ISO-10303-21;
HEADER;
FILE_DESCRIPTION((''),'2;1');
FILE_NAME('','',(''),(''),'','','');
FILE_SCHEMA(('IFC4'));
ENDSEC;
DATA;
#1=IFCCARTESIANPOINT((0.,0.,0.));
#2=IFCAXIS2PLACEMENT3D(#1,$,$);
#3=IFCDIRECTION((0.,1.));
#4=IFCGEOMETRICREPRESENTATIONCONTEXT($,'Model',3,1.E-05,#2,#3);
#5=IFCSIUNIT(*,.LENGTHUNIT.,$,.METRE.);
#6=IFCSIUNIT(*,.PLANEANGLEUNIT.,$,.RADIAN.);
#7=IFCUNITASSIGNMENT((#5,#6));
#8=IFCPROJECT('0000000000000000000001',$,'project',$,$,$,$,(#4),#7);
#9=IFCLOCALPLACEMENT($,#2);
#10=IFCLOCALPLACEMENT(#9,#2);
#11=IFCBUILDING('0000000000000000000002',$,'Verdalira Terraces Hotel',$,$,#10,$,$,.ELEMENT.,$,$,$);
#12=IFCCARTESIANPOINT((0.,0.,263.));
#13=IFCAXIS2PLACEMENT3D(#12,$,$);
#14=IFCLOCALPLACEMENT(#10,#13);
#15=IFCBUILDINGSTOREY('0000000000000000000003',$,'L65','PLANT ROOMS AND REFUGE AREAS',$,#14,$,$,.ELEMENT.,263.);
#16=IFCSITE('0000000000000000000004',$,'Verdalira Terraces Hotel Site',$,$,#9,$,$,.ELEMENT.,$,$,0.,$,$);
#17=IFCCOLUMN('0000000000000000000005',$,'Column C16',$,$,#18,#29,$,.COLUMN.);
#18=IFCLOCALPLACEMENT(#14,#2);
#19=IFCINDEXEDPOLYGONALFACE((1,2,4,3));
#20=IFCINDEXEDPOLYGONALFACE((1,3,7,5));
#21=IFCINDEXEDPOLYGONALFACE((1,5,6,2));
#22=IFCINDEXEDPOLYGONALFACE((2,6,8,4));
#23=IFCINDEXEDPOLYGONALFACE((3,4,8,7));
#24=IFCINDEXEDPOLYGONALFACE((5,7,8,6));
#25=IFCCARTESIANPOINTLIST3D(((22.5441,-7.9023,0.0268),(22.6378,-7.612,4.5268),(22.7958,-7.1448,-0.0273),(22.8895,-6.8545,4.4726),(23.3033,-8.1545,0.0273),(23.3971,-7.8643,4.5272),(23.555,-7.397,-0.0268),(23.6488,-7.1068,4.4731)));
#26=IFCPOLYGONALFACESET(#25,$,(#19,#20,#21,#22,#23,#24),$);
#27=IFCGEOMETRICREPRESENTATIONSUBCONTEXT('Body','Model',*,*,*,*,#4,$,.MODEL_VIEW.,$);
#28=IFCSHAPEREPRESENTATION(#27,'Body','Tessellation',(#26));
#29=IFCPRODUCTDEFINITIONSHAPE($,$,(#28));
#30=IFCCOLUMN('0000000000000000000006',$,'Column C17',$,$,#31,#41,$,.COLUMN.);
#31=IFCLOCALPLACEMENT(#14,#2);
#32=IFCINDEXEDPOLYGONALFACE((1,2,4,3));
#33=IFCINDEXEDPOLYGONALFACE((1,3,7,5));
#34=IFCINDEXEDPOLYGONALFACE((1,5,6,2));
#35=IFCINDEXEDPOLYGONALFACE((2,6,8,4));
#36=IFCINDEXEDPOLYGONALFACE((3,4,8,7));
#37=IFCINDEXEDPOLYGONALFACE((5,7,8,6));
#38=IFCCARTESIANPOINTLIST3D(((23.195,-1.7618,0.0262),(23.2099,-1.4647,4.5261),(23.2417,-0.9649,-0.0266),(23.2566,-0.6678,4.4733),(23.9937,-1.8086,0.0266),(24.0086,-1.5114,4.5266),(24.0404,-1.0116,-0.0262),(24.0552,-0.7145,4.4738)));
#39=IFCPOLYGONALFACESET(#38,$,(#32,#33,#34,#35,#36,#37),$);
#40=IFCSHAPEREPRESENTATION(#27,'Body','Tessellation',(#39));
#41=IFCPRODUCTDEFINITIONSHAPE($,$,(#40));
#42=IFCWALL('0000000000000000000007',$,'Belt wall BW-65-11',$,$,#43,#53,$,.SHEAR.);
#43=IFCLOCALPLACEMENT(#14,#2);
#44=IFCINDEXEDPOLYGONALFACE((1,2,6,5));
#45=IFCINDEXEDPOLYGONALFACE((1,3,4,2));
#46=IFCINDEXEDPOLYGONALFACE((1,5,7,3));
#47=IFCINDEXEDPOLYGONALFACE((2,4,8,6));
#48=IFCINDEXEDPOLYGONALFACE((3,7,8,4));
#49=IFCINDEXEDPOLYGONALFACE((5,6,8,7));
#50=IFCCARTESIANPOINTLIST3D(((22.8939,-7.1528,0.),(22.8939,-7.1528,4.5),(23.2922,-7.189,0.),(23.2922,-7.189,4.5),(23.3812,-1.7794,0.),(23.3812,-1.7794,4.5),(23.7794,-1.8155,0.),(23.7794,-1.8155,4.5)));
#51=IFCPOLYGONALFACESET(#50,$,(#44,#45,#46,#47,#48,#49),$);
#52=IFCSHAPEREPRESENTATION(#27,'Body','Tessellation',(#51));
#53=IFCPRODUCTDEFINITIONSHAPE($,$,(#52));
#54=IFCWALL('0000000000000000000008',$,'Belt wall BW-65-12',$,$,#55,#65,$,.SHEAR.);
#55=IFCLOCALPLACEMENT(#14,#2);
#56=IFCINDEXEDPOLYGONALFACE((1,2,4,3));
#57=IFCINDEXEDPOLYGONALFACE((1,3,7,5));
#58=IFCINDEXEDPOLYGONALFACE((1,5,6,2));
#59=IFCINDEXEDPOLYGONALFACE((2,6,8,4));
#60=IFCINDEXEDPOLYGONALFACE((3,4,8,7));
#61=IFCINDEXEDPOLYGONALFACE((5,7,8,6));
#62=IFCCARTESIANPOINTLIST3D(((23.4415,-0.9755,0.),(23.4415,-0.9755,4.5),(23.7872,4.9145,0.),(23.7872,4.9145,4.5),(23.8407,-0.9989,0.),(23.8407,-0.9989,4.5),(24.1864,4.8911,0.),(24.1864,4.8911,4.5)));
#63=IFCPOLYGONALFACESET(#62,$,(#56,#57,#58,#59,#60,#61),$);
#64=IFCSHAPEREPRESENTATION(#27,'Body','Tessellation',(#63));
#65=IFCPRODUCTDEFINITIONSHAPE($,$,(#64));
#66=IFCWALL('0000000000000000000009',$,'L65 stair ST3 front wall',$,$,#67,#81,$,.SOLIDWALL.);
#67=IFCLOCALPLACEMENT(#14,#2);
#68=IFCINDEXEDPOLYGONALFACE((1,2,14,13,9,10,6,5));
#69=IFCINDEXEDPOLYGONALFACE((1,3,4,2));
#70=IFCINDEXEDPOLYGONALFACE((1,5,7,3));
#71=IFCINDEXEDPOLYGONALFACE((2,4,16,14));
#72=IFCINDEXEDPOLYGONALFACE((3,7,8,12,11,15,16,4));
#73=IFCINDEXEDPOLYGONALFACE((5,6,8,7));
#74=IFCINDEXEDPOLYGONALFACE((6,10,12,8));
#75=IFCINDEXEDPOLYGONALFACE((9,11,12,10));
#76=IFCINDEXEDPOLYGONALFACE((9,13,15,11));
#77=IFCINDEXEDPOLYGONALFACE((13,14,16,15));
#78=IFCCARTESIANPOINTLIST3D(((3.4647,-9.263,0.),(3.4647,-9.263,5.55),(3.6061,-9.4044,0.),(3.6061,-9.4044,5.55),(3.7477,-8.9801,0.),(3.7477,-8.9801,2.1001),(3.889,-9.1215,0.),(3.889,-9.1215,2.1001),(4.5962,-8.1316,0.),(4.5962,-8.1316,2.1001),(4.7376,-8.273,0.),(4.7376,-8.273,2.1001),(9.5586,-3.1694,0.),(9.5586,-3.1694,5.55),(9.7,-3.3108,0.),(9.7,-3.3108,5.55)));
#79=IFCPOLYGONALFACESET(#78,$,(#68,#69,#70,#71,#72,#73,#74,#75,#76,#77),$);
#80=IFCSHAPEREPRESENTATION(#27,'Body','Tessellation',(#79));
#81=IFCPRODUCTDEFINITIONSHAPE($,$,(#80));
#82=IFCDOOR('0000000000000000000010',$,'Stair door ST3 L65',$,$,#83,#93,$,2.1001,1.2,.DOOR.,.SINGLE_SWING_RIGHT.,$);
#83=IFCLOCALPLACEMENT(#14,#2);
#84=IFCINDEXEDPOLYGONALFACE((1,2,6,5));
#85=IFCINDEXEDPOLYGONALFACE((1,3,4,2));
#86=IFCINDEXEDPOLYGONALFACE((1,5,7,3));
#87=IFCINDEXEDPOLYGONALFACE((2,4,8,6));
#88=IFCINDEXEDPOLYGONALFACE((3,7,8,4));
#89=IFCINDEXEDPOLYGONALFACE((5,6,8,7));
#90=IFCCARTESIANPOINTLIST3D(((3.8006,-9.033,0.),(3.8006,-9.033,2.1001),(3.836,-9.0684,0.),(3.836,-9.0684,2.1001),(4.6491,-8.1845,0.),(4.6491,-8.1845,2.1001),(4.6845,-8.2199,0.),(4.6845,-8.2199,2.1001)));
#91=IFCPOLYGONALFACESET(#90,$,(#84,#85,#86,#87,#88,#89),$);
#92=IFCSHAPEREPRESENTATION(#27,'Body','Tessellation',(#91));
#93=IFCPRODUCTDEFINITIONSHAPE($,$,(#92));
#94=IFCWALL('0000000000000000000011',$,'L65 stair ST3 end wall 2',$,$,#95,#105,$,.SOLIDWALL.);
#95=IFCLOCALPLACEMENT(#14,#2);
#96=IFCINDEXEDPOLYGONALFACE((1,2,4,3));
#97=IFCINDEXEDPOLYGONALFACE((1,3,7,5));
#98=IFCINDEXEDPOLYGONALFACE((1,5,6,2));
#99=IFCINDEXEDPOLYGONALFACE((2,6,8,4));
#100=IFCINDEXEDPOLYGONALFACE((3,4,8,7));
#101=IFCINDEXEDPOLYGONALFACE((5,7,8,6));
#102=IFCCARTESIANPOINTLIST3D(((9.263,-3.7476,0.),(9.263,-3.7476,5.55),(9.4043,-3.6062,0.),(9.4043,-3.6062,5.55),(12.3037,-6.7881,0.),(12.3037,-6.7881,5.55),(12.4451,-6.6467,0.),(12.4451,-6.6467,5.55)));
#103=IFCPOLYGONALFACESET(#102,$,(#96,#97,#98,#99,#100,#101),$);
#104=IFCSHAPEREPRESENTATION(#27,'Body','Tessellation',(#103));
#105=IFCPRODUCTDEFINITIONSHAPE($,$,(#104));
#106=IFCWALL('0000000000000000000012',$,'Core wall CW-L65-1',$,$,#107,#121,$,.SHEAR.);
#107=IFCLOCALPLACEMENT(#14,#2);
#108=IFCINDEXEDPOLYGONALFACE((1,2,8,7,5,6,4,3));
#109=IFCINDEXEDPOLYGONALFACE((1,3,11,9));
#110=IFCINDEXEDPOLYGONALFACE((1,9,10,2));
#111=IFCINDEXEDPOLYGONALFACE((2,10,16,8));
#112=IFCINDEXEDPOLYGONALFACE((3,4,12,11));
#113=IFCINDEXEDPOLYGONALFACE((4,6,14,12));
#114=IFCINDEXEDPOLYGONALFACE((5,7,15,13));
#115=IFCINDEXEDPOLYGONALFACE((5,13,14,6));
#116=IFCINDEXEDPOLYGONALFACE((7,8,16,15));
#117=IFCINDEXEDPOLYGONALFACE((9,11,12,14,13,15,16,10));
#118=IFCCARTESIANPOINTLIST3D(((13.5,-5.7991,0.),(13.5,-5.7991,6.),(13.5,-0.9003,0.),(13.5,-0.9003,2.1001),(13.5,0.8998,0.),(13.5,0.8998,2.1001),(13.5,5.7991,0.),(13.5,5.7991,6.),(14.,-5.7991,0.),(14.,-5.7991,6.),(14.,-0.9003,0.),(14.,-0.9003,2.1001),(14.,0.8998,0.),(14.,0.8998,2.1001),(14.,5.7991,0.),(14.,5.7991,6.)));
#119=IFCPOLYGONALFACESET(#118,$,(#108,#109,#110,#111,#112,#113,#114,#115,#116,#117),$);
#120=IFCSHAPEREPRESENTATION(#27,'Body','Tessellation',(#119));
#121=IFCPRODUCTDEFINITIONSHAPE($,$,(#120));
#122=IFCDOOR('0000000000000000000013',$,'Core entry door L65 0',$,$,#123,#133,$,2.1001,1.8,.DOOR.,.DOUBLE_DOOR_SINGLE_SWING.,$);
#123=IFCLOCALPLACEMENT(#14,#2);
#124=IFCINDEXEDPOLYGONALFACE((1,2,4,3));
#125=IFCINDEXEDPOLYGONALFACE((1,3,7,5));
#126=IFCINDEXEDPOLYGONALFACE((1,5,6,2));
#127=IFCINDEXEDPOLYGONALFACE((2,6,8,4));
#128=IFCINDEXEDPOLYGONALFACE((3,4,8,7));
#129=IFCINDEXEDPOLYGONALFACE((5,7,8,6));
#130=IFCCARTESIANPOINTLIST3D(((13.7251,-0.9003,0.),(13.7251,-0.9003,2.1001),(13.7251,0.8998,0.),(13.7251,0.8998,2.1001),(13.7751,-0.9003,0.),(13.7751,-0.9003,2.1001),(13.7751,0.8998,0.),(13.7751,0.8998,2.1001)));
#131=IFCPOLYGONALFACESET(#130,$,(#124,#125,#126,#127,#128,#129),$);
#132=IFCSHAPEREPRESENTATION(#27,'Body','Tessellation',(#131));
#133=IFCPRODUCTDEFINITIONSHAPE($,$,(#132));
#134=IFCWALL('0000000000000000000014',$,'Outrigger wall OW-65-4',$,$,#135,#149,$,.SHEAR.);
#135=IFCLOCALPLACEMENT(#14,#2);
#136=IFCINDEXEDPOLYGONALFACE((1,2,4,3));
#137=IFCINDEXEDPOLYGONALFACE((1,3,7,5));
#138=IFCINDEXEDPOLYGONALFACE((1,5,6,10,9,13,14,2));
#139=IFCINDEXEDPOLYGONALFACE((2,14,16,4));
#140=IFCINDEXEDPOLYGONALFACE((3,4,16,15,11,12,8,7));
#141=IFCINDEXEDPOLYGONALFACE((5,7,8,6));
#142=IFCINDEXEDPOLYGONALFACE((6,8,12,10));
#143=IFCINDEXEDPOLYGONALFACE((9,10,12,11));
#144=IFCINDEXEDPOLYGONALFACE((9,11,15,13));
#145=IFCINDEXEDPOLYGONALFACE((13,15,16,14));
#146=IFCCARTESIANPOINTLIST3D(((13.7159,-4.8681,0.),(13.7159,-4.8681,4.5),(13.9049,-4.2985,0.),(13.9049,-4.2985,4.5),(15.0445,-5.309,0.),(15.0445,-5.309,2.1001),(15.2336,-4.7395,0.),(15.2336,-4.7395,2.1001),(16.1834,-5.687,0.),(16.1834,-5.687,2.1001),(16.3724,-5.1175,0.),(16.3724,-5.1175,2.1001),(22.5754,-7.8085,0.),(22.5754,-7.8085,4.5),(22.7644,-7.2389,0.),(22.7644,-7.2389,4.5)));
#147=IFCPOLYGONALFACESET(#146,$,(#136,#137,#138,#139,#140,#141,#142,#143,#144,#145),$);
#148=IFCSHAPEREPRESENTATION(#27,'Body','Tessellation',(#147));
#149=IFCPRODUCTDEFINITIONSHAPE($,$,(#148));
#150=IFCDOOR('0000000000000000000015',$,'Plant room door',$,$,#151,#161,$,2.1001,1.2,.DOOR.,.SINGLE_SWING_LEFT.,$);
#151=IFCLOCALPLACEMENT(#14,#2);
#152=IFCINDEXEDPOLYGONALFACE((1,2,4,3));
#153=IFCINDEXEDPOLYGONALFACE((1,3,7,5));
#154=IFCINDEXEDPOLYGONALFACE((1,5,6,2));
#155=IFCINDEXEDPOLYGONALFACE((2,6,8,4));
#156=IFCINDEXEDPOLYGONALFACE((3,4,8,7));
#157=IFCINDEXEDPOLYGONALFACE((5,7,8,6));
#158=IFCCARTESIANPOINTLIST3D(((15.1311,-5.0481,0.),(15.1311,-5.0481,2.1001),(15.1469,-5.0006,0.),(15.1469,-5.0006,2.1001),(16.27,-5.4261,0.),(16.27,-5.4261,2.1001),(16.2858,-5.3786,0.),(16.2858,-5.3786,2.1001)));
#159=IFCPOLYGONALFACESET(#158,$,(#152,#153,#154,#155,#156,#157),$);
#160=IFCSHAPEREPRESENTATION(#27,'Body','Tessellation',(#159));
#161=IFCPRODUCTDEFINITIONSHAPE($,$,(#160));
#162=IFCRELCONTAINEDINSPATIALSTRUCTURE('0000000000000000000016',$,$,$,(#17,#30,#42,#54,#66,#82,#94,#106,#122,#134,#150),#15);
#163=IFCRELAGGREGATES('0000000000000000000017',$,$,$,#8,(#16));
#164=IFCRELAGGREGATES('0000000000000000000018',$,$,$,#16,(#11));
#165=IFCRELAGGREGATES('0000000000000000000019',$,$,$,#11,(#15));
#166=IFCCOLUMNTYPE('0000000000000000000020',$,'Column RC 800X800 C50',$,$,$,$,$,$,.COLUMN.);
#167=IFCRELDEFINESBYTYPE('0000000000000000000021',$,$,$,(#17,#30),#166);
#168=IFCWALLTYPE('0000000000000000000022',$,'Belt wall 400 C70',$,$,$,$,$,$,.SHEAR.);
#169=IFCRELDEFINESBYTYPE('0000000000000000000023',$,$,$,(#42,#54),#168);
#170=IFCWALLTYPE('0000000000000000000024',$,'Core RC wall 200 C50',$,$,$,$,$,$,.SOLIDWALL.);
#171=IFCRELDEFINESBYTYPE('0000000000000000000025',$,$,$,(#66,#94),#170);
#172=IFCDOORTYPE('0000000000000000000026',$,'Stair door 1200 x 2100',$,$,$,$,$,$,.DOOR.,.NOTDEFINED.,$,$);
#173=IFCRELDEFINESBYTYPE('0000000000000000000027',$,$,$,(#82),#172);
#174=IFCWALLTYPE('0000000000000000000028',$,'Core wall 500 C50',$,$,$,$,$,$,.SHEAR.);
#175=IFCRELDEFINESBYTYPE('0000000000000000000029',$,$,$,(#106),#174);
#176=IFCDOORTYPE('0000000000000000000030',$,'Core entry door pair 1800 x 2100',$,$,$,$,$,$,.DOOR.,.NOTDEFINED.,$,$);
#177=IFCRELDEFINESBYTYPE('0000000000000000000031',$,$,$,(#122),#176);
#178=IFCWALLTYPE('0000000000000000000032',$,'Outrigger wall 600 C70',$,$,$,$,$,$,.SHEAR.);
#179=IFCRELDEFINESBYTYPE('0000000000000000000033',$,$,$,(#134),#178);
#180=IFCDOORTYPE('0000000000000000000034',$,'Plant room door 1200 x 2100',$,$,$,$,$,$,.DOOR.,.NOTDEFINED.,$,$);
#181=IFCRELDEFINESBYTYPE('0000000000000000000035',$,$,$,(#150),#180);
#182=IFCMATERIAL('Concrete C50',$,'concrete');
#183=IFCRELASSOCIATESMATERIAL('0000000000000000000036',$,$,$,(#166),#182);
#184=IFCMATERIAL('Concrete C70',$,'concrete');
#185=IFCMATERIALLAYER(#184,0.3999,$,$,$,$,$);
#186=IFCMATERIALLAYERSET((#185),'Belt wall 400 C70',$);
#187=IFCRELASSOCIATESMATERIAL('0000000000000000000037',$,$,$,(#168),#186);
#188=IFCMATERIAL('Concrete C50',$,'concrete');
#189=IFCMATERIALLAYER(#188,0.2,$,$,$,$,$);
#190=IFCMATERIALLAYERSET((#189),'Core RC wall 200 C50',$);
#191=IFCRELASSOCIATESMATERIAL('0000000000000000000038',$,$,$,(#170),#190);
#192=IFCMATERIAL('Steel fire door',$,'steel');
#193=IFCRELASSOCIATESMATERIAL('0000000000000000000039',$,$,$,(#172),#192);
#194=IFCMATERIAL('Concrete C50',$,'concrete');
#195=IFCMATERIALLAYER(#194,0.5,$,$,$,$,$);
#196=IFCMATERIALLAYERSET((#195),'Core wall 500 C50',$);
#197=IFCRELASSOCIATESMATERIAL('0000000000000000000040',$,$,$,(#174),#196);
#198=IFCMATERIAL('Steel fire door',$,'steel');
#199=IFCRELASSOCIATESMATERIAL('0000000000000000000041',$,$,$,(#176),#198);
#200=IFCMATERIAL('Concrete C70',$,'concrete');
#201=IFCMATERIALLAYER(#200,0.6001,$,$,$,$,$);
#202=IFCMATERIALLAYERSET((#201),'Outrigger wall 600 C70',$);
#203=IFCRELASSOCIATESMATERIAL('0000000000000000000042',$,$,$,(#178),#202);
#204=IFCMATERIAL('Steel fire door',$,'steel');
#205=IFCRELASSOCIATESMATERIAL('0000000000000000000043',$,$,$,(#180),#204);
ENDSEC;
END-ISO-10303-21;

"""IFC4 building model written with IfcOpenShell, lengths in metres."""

from ifc_helpers import new_model, si_unit, direction, frame, frame_2d, origin, origin_2d, place, context, subcontext, project, spatial, rectangle, extrude, material, layer, layer_set, material_profile, profile_set, type_object, element, fill, save


model = new_model("IFC4")

# Units and contexts
model_context = context("Model", 3, precision=1e-05, world=origin(), true_north=direction((0.0, 1.0)))
body_context = subcontext(model_context, "Body", "Model", "MODEL_VIEW")
ifc_project = project(units=[si_unit("LENGTHUNIT", "METRE"), si_unit("PLANEANGLEUNIT", "RADIAN")], contexts=[model_context])

# Site, building, storey
site_placement = place(None, origin())
site = spatial("IfcSite", under=ifc_project, at=site_placement, Name="Verdalira Terraces Hotel Site", CompositionType="ELEMENT", RefElevation=0.0)
building_placement = place(site_placement, origin())
building = spatial("IfcBuilding", under=site, at=building_placement, Name="Verdalira Terraces Hotel", CompositionType="ELEMENT")
storey_placement = place(building_placement, frame((0.0, 0.0, 263.0)))
storey = spatial("IfcBuildingStorey", under=building, at=storey_placement, Name="L65", Description="PLANT ROOMS AND REFUGE AREAS", CompositionType="ELEMENT", Elevation=263.0)

# Columns
ifc_material_1 = material(Name="Concrete C50", Category="concrete")
ifc_material_profile_1 = material_profile(ifc_material_1, rectangle(XDim=0.8, YDim=0.8, at=origin_2d()), Name="RC 800X800")
ifc_profile_set_1 = profile_set([ifc_material_profile_1], Name="Concrete C50")
column_type = type_object("IfcColumnType", Name="Column RC 800X800 C50", PredefinedType="COLUMN", material=ifc_profile_set_1)
column_1_placement = place(storey_placement, frame((23.0496, -7.6497, 0.0), z_axis=(0.020786, 0.06436, 0.99771), x_axis=(-0.314606, -0.94681, 0.067631)))
element("IfcColumn", 1, at=column_1_placement, inside=storey, type_object=column_type, Name="Column C16", PredefinedType="COLUMN", context=body_context, shape_type="SweptSolid", body=[
    extrude(rectangle(XDim=0.8, YDim=0.8, at=origin_2d()), origin(), (0.0, 0.0, 1.0), 4.5103),
])
column_2_placement = place(storey_placement, frame((23.6177, -1.3867, 0.0), z_axis=(0.003302, 0.065883, 0.997822), x_axis=(0.058334, 0.996115, -0.065963)))
element("IfcColumn", 2, at=column_2_placement, inside=storey, type_object=column_type, Name="Column C17", PredefinedType="COLUMN", context=body_context, shape_type="SweptSolid", body=[
    extrude(rectangle(XDim=0.8, YDim=0.8, at=origin_2d()), origin(), (0.0, 0.0, 1.0), 4.5098),
])

# Walls
ifc_material_2 = material(Name="Concrete C70", Category="concrete")
ifc_layer_1 = layer(ifc_material_2, 0.3999)
ifc_layer_set_1 = layer_set([ifc_layer_1], Name="Belt wall 400 C70")
wall_type_1 = type_object("IfcWallType", Name="Belt wall 400 C70", PredefinedType="SHEAR", material=ifc_layer_set_1)
wall_1_placement = place(storey_placement, frame((23.093, -7.1709, 0.0), z_axis=(0.0, 0.0, 1.0), x_axis=(0.090315, 0.995913, 0.0)))
element("IfcWall", 3, at=wall_1_placement, inside=storey, type_object=wall_type_1, Name="Belt wall BW-65-11", PredefinedType="SHEAR", context=body_context, shape_type="SweptSolid", body=[
    extrude(rectangle(XDim=5.3955, YDim=0.3999, at=frame_2d((2.6978, 0.0))), origin(), (0.0, 0.0, 1.0), 4.5),
])
wall_2_placement = place(storey_placement, frame((23.6411, -0.9873, 0.0), z_axis=(0.0, 0.0, 1.0), x_axis=(0.058593, 0.998282, 0.0)))
element("IfcWall", 4, at=wall_2_placement, inside=storey, type_object=wall_type_1, Name="Belt wall BW-65-12", PredefinedType="SHEAR", context=body_context, shape_type="SweptSolid", body=[
    extrude(rectangle(XDim=5.9001, YDim=0.3999, at=frame_2d((2.9502, 0.0))), origin(), (0.0, 0.0, 1.0), 4.5),
])

# Wall, opening, door
ifc_material_3 = material(Name="Concrete C50", Category="concrete")
ifc_layer_2 = layer(ifc_material_3, 0.2)
ifc_layer_set_2 = layer_set([ifc_layer_2], Name="Core RC wall 200 C50")
wall_type_2 = type_object("IfcWallType", Name="Core RC wall 200 C50", PredefinedType="SOLIDWALL", material=ifc_layer_set_2)
wall_3_placement = place(storey_placement, frame((9.6294, -3.24, 0.0), z_axis=(0.0, 0.0, 1.0), x_axis=(-0.707121, -0.707093, 0.0)))
wall_3 = element("IfcWall", 5, at=wall_3_placement, inside=storey, type_object=wall_type_2, Name="L65 stair ST3 front wall", PredefinedType="SOLIDWALL", context=body_context, shape_type="SweptSolid", body=[
    extrude(rectangle(XDim=8.6179, YDim=0.2, at=frame_2d((4.3091, 0.0))), origin(), (0.0, 0.0, 1.0), 5.55),
])
opening_1_placement = place(wall_3_placement, frame((7.0178, 0.0, 0.0)))
opening_1 = element("IfcOpeningElement", 6, at=opening_1_placement, cuts=wall_3, PredefinedType="OPENING", context=body_context, shape_type="SweptSolid", body=[
    extrude(rectangle(XDim=1.2, YDim=2.1001, at=frame_2d((0.6001, 1.05))), frame((0.0, 0.1099, 0.0), z_axis=(0.0, -1.0, 0.0), x_axis=(1.0, 0.0, 0.0)), (0.0, 0.0, 1.0), 0.22),
])
ifc_material_4 = material(Name="Steel fire door", Category="steel")
door_type_1 = type_object("IfcDoorType", Name="Stair door 1200 x 2100", OperationType="NOTDEFINED", PredefinedType="DOOR", material=ifc_material_4)
door_1_placement = place(opening_1_placement, origin())
door_1 = element("IfcDoor", 7, at=door_1_placement, inside=storey, type_object=door_type_1, Name="Stair door ST3 L65", OperationType="SINGLE_SWING_RIGHT", OverallHeight=2.1001, OverallWidth=1.2, PredefinedType="DOOR", context=body_context, shape_type="SweptSolid", body=[
    extrude(rectangle(XDim=1.2, YDim=2.1001, at=frame_2d((0.6001, 1.05))), frame((0.0, 0.0249, 0.0), z_axis=(0.0, -1.0, 0.0), x_axis=(1.0, 0.0, 0.0)), (0.0, 0.0, 1.0), 0.05),
])
fill(opening_1, door_1)

# Wall
wall_4_placement = place(storey_placement, frame((9.3337, -3.677, 0.0), z_axis=(0.0, 0.0, 1.0), x_axis=(0.707135, -0.707078, 0.0)))
element("IfcWall", 8, at=wall_4_placement, inside=storey, type_object=wall_type_2, Name="L65 stair ST3 end wall 2", PredefinedType="SOLIDWALL", context=body_context, shape_type="SweptSolid", body=[
    extrude(rectangle(XDim=4.3, YDim=0.2, at=frame_2d((2.1499, 0.0))), origin(), (0.0, 0.0, 1.0), 5.55),
])

# Walls, openings, doors
ifc_material_5 = material(Name="Concrete C50", Category="concrete")
ifc_layer_3 = layer(ifc_material_5, 0.5)
ifc_layer_set_3 = layer_set([ifc_layer_3], Name="Core wall 500 C50")
wall_type_3 = type_object("IfcWallType", Name="Core wall 500 C50", PredefinedType="SHEAR", material=ifc_layer_set_3)
wall_5_placement = place(storey_placement, frame((13.75, -5.7991, 0.0), z_axis=(0.0, 0.0, 1.0), x_axis=(0.0, 1.0, 0.0)))
wall_5 = element("IfcWall", 9, at=wall_5_placement, inside=storey, type_object=wall_type_3, Name="Core wall CW-L65-1", PredefinedType="SHEAR", context=body_context, shape_type="SweptSolid", body=[
    extrude(rectangle(XDim=11.5981, YDim=0.5, at=frame_2d((5.7991, 0.0))), origin(), (0.0, 0.0, 1.0), 6.0),
])
opening_2_placement = place(wall_5_placement, frame((4.8989, 0.0, 0.0)))
opening_2 = element("IfcOpeningElement", 10, at=opening_2_placement, cuts=wall_5, PredefinedType="OPENING", context=body_context, shape_type="SweptSolid", body=[
    extrude(rectangle(XDim=1.8, YDim=2.1001, at=frame_2d((0.8999, 1.05))), frame((0.0, 0.26, 0.0), z_axis=(0.0, -1.0, 0.0), x_axis=(1.0, 0.0, 0.0)), (0.0, 0.0, 1.0), 0.52),
])
ifc_material_6 = material(Name="Steel fire door", Category="steel")
door_type_2 = type_object("IfcDoorType", Name="Core entry door pair 1800 x 2100", OperationType="NOTDEFINED", PredefinedType="DOOR", material=ifc_material_6)
door_2_placement = place(opening_2_placement, origin())
door_2 = element("IfcDoor", 11, at=door_2_placement, inside=storey, type_object=door_type_2, Name="Core entry door L65 0", OperationType="DOUBLE_DOOR_SINGLE_SWING", OverallHeight=2.1001, OverallWidth=1.8, PredefinedType="DOOR", context=body_context, shape_type="SweptSolid", body=[
    extrude(rectangle(XDim=1.8, YDim=2.1001, at=frame_2d((0.8999, 1.05))), frame((0.0, 0.0249, 0.0), z_axis=(0.0, -1.0, 0.0), x_axis=(1.0, 0.0, 0.0)), (0.0, 0.0, 1.0), 0.05),
])
fill(opening_2, door_2)
ifc_material_7 = material(Name="Concrete C70", Category="concrete")
ifc_layer_4 = layer(ifc_material_7, 0.6001)
ifc_layer_set_4 = layer_set([ifc_layer_4], Name="Outrigger wall 600 C70")
wall_type_4 = type_object("IfcWallType", Name="Outrigger wall 600 C70", PredefinedType="SHEAR", material=ifc_layer_set_4)
wall_6_placement = place(storey_placement, frame((13.8103, -4.5833, 0.0), z_axis=(0.0, 0.0, 1.0), x_axis=(0.949093, -0.314996, 0.0)))
wall_6 = element("IfcWall", 12, at=wall_6_placement, inside=storey, type_object=wall_type_4, Name="Outrigger wall OW-65-4", PredefinedType="SHEAR", context=body_context, shape_type="SweptSolid", body=[
    extrude(rectangle(XDim=9.3347, YDim=0.6001, at=frame_2d((4.6675, 0.0))), origin(), (0.0, 0.0, 1.0), 4.5),
])
opening_3_placement = place(wall_6_placement, frame((1.3999, 0.0, 0.0)))
opening_3 = element("IfcOpeningElement", 13, at=opening_3_placement, cuts=wall_6, PredefinedType="OPENING", context=body_context, shape_type="SweptSolid", body=[
    extrude(rectangle(XDim=1.2, YDim=2.1001, at=frame_2d((0.6001, 1.05))), frame((0.0, 0.3101, 0.0), z_axis=(0.0, -1.0, 0.0), x_axis=(1.0, 0.0, 0.0)), (0.0, 0.0, 1.0), 0.6201),
])
ifc_material_8 = material(Name="Steel fire door", Category="steel")
door_type_3 = type_object("IfcDoorType", Name="Plant room door 1200 x 2100", OperationType="NOTDEFINED", PredefinedType="DOOR", material=ifc_material_8)
door_3_placement = place(opening_3_placement, origin())
door_3 = element("IfcDoor", 14, at=door_3_placement, inside=storey, type_object=door_type_3, Name="Plant room door", OperationType="SINGLE_SWING_LEFT", OverallHeight=2.1001, OverallWidth=1.2, PredefinedType="DOOR", context=body_context, shape_type="SweptSolid", body=[
    extrude(rectangle(XDim=1.2, YDim=2.1001, at=frame_2d((0.6001, 1.05))), frame((0.0, 0.0249, 0.0), z_axis=(0.0, -1.0, 0.0), x_axis=(1.0, 0.0, 0.0)), (0.0, 0.0, 1.0), 0.05),
])
fill(opening_3, door_3)

save(model, "model.ifc")
